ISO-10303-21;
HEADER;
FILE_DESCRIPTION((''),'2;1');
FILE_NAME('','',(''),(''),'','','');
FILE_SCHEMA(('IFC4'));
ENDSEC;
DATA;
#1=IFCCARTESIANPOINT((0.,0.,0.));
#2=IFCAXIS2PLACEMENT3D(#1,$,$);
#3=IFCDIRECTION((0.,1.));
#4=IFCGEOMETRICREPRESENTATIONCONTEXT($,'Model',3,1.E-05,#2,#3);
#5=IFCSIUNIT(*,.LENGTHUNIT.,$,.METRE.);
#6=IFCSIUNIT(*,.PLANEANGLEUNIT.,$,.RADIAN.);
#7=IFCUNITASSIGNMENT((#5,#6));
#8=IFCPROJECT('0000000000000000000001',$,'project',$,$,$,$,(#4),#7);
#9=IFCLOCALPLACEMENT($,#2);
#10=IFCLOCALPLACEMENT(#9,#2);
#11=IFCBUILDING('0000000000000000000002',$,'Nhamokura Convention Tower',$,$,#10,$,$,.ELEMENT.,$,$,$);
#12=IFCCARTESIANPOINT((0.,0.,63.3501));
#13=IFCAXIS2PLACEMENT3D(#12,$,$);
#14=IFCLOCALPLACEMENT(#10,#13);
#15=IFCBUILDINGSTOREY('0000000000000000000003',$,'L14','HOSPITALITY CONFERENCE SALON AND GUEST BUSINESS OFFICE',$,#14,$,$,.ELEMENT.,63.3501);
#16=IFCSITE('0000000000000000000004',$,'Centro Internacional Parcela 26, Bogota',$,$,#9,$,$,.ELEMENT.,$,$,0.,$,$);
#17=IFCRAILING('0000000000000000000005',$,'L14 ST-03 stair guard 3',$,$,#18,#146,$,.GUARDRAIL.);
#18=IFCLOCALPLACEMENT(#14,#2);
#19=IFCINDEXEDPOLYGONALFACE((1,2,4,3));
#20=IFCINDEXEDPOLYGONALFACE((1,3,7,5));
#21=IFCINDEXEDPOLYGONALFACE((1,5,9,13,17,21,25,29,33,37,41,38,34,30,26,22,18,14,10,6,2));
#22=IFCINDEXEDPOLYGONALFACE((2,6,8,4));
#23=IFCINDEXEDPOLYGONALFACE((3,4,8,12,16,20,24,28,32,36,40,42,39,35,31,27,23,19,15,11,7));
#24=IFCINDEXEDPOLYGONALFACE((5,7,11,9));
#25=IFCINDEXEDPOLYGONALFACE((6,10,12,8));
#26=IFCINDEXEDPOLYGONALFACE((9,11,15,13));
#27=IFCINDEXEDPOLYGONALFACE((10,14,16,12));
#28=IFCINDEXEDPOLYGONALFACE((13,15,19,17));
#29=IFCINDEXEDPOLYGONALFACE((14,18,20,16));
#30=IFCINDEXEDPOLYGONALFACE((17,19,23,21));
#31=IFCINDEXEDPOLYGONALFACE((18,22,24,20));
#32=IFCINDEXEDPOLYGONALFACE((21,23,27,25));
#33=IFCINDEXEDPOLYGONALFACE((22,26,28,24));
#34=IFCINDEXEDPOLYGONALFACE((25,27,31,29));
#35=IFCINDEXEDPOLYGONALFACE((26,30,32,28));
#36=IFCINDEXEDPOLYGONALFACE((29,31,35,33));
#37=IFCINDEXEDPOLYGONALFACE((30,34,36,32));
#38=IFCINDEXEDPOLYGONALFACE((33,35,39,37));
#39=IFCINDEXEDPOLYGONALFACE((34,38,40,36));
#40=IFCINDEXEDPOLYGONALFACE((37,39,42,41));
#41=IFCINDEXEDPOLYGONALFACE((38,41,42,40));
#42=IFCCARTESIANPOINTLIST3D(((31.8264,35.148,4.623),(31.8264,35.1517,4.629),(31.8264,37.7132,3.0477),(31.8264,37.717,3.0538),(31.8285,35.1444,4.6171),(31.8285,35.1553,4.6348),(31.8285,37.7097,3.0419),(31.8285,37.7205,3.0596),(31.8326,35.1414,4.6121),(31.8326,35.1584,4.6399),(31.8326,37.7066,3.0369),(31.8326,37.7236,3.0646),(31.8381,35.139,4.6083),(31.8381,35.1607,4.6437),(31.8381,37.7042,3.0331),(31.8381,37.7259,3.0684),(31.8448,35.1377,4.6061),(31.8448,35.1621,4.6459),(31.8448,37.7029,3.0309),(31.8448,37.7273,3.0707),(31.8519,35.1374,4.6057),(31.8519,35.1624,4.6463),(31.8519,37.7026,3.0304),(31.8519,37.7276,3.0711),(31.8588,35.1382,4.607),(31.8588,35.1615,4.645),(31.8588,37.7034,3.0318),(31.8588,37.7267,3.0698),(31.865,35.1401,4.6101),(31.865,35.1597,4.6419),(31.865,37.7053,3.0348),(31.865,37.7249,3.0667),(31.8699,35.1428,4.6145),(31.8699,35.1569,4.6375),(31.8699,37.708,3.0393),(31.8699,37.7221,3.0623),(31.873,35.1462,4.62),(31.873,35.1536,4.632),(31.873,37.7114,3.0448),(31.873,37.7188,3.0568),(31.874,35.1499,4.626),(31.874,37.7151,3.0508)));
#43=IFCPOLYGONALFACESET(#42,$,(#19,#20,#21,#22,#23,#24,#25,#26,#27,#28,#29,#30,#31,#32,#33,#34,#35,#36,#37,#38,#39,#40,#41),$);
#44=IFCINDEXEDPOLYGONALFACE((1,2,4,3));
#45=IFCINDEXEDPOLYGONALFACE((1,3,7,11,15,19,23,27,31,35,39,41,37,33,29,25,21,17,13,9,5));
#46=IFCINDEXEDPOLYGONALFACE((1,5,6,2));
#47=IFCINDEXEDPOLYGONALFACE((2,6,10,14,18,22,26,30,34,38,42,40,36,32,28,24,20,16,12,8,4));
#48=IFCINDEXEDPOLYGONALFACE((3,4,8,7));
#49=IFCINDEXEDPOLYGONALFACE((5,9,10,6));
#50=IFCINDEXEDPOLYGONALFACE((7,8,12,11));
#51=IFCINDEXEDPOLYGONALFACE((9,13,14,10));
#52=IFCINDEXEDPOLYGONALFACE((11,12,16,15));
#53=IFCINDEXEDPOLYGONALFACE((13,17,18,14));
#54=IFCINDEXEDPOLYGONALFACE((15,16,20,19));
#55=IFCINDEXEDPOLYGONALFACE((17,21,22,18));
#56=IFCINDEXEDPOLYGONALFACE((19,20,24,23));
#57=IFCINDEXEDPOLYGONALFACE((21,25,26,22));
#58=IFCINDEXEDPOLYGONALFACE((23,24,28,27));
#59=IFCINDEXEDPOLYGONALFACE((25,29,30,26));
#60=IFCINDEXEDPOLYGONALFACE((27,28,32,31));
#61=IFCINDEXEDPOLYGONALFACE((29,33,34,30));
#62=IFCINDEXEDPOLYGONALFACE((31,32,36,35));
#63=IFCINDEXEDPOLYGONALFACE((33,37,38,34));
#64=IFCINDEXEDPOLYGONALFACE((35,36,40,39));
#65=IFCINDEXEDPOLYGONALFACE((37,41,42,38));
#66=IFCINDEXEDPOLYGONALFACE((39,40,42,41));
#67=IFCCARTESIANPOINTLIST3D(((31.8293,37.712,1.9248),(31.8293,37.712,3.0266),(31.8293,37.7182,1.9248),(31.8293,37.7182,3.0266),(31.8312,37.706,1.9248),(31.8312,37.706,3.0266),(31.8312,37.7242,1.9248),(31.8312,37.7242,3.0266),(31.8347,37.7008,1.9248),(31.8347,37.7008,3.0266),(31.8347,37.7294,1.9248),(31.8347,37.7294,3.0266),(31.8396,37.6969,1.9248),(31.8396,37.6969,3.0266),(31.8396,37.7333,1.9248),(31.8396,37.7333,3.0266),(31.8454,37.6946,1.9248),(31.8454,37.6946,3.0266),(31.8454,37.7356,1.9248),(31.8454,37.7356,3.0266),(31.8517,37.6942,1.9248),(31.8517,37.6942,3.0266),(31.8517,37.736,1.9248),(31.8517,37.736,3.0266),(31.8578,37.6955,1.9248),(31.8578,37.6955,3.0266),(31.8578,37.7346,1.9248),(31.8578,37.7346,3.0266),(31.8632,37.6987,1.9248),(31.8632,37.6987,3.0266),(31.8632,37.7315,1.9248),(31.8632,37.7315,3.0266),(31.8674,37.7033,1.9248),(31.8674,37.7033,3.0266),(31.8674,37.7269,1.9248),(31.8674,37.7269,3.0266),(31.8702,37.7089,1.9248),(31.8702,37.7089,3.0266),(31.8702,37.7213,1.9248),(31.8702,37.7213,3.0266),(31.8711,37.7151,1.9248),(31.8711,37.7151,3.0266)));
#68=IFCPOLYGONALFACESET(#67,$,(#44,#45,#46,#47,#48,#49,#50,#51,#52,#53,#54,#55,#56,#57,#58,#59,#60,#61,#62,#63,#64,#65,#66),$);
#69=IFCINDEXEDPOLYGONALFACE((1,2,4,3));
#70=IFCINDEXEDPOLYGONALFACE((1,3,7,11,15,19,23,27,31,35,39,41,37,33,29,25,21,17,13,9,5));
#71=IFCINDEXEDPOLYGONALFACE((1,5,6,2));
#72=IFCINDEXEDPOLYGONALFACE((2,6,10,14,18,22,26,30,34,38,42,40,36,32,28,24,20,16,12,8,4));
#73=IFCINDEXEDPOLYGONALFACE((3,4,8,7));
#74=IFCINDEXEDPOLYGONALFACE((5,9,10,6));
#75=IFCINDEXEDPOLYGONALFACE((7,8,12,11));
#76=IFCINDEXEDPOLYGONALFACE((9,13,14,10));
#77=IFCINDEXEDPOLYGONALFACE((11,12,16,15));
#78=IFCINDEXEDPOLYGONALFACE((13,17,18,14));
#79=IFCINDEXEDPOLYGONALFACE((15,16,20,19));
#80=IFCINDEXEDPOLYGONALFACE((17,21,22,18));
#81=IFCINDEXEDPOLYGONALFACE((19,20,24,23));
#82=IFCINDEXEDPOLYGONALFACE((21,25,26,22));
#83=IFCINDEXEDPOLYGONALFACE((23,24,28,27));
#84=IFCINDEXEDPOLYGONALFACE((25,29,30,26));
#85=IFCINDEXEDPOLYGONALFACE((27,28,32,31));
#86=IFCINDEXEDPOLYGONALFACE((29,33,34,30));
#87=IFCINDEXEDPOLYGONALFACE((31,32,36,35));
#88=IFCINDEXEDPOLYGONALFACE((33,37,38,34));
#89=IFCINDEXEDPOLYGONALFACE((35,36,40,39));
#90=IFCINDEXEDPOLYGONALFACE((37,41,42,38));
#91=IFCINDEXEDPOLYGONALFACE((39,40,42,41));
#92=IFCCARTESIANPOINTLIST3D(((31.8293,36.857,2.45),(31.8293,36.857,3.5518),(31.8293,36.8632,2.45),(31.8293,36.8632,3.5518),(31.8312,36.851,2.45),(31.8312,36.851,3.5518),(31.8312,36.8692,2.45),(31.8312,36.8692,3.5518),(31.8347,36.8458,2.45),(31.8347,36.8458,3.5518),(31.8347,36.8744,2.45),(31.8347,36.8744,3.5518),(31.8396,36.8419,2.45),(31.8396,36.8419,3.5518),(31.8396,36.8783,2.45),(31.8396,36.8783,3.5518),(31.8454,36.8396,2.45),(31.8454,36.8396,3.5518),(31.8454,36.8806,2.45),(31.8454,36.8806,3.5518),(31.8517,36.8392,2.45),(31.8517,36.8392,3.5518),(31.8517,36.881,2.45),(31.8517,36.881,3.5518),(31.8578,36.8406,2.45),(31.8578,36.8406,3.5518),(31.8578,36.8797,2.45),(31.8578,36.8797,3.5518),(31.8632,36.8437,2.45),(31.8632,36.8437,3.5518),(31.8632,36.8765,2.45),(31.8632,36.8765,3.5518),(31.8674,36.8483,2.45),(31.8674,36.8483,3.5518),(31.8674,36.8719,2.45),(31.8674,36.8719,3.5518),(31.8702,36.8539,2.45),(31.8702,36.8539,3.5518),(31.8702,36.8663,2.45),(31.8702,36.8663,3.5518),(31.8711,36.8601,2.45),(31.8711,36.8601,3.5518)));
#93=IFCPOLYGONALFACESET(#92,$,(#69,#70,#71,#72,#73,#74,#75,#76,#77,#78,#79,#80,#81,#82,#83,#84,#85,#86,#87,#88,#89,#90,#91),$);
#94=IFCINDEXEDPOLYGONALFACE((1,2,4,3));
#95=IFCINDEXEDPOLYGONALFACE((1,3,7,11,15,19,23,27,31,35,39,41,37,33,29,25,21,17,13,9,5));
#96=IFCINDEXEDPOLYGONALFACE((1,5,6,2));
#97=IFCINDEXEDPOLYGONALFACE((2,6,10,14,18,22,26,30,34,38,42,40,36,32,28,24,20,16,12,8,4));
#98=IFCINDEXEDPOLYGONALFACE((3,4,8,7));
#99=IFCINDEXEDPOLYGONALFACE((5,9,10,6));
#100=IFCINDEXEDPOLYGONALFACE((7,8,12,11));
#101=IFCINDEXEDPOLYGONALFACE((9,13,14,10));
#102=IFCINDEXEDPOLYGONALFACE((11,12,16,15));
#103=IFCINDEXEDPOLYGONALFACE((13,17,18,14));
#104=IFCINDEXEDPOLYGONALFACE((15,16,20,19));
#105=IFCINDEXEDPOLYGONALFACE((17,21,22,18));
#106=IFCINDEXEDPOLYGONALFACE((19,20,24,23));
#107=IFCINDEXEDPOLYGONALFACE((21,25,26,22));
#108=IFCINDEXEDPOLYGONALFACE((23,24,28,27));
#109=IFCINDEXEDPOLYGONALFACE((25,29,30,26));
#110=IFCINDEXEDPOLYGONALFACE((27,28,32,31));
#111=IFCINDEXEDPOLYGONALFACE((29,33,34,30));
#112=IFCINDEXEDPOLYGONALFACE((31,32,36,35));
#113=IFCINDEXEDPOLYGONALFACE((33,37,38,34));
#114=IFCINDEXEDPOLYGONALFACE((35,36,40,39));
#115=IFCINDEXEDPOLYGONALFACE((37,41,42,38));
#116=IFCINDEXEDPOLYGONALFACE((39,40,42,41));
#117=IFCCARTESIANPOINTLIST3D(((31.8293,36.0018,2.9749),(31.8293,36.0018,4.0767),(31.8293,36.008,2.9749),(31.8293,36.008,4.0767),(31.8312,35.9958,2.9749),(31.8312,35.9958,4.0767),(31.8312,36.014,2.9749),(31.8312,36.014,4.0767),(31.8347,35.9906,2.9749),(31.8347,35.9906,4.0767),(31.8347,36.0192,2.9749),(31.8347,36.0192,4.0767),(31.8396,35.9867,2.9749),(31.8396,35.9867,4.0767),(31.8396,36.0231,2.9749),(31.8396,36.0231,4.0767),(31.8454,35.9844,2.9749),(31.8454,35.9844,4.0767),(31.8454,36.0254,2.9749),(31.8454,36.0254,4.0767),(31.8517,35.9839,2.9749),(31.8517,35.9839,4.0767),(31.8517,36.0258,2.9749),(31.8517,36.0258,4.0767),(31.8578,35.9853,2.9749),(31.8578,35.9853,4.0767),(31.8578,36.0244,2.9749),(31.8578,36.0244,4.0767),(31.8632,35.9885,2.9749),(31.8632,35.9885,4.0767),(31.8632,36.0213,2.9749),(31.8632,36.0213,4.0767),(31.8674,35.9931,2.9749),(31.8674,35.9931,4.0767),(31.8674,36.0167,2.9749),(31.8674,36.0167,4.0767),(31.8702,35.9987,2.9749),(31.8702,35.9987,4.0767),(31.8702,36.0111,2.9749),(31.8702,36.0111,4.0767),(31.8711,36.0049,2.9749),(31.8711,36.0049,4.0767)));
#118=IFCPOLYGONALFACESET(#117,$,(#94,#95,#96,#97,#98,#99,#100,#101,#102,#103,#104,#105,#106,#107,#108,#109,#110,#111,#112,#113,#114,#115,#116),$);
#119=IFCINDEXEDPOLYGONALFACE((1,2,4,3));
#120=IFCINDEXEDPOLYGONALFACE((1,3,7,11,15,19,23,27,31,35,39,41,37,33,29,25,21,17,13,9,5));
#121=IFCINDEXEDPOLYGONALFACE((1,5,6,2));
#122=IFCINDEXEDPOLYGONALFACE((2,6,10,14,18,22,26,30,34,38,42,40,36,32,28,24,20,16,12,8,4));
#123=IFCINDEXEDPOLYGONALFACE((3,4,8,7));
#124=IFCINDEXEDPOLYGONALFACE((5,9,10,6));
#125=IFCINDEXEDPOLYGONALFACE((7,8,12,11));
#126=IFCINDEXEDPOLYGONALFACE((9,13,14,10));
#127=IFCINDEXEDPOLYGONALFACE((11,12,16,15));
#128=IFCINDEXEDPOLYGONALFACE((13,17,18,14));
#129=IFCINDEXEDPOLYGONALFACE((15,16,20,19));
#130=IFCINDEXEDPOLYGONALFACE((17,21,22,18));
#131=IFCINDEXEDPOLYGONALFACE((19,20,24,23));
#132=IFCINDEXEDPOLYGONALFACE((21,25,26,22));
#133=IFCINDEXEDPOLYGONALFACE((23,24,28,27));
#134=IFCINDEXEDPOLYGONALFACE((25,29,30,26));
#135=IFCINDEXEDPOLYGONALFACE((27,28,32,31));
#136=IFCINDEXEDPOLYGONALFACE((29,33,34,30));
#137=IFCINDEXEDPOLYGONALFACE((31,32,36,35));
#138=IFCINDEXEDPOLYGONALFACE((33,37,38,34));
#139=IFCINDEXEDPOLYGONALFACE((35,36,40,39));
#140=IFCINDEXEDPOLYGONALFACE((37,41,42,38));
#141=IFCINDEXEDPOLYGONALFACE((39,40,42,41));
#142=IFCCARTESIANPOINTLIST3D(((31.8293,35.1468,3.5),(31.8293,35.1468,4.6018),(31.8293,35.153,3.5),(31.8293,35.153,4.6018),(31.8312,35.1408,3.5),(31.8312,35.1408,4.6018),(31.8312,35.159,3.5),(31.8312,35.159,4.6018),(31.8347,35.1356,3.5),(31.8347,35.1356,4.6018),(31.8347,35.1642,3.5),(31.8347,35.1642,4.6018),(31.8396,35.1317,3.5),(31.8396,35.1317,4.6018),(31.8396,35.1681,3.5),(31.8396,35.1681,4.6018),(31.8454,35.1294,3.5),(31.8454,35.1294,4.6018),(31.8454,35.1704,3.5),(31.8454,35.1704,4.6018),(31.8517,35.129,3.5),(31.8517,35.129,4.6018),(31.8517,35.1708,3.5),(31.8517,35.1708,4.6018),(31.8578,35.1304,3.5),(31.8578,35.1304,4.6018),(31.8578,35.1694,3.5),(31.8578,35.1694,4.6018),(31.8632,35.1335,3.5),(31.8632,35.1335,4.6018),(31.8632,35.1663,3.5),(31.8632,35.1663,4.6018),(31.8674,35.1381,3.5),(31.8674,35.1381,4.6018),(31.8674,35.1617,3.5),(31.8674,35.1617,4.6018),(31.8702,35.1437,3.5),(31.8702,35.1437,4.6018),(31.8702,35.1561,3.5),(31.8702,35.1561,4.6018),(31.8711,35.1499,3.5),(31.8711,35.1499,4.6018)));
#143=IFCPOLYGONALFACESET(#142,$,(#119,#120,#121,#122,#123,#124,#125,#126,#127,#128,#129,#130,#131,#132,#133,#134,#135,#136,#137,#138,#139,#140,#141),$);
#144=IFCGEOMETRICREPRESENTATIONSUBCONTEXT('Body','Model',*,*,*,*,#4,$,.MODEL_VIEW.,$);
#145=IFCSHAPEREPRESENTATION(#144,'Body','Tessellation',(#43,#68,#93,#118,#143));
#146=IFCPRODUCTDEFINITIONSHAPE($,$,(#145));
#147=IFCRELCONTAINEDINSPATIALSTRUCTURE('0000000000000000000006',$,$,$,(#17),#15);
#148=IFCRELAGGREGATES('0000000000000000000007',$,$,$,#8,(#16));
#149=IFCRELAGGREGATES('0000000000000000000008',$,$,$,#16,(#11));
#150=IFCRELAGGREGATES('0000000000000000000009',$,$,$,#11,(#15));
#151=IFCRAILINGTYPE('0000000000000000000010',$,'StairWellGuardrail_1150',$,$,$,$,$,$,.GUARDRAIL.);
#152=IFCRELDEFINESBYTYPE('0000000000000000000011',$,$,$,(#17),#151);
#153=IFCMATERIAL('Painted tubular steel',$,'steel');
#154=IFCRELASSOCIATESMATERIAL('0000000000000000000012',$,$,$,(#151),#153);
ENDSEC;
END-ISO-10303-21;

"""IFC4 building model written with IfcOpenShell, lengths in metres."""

from ifc_helpers import new_model, si_unit, direction, frame, origin, origin_2d, place, context, subcontext, project, spatial, circle, extrude, material, type_object, element, save


model = new_model("IFC4")

# Units and contexts
model_context = context("Model", 3, precision=1e-05, world=origin(), true_north=direction((0.0, 1.0)))
body_context = subcontext(model_context, "Body", "Model", "MODEL_VIEW")
ifc_project = project(units=[si_unit("LENGTHUNIT", "METRE"), si_unit("PLANEANGLEUNIT", "RADIAN")], contexts=[model_context])

# Site, building, storey
site_placement = place(None, origin())
site = spatial("IfcSite", under=ifc_project, at=site_placement, Name="Centro Internacional Parcela 26, Bogota", CompositionType="ELEMENT", RefElevation=0.0)
building_placement = place(site_placement, origin())
building = spatial("IfcBuilding", under=site, at=building_placement, Name="Nhamokura Convention Tower", CompositionType="ELEMENT")
storey_placement = place(building_placement, frame((0.0, 0.0, 63.3501)))
storey = spatial("IfcBuildingStorey", under=building, at=storey_placement, Name="L14", Description="HOSPITALITY CONFERENCE SALON AND GUEST BUSINESS OFFICE", CompositionType="ELEMENT", Elevation=63.3501)

# Railing
ifc_material_1 = material(Name="Painted tubular steel", Category="steel")
railing_type_1 = type_object("IfcRailingType", Name="StairWellGuardrail_1150", PredefinedType="GUARDRAIL", material=ifc_material_1)
railing_1_placement = place(storey_placement, frame((31.8501, 37.7151, 1.9248)))
element("IfcRailing", 1, at=railing_1_placement, inside=storey, type_object=railing_type_1, Name="L14 ST-03 stair guard 3", PredefinedType="GUARDRAIL", context=body_context, shape_type="SweptSolid", body=[
    extrude(circle(Radius=0.0239, at=origin_2d()), frame((0.0, 0.0, 1.126), z_axis=(0.0, -0.852159, 0.523283), x_axis=(1.0, 0.0, 0.0)), (0.0, 0.0, 1.0), 3.0103),
    extrude(circle(Radius=0.021, at=origin_2d()), origin(), (0.0, 0.0, 1.0), 1.1018),
    extrude(circle(Radius=0.021, at=origin_2d()), frame((0.0, -0.855, 0.5251)), (0.0, 0.0, 1.0), 1.1018),
    extrude(circle(Radius=0.021, at=origin_2d()), frame((0.0, -1.7102, 1.05)), (0.0, 0.0, 1.0), 1.1018),
    extrude(circle(Radius=0.021, at=origin_2d()), frame((0.0, -2.5652, 1.5752)), (0.0, 0.0, 1.0), 1.1018),
])

save(model, "model.ifc")
